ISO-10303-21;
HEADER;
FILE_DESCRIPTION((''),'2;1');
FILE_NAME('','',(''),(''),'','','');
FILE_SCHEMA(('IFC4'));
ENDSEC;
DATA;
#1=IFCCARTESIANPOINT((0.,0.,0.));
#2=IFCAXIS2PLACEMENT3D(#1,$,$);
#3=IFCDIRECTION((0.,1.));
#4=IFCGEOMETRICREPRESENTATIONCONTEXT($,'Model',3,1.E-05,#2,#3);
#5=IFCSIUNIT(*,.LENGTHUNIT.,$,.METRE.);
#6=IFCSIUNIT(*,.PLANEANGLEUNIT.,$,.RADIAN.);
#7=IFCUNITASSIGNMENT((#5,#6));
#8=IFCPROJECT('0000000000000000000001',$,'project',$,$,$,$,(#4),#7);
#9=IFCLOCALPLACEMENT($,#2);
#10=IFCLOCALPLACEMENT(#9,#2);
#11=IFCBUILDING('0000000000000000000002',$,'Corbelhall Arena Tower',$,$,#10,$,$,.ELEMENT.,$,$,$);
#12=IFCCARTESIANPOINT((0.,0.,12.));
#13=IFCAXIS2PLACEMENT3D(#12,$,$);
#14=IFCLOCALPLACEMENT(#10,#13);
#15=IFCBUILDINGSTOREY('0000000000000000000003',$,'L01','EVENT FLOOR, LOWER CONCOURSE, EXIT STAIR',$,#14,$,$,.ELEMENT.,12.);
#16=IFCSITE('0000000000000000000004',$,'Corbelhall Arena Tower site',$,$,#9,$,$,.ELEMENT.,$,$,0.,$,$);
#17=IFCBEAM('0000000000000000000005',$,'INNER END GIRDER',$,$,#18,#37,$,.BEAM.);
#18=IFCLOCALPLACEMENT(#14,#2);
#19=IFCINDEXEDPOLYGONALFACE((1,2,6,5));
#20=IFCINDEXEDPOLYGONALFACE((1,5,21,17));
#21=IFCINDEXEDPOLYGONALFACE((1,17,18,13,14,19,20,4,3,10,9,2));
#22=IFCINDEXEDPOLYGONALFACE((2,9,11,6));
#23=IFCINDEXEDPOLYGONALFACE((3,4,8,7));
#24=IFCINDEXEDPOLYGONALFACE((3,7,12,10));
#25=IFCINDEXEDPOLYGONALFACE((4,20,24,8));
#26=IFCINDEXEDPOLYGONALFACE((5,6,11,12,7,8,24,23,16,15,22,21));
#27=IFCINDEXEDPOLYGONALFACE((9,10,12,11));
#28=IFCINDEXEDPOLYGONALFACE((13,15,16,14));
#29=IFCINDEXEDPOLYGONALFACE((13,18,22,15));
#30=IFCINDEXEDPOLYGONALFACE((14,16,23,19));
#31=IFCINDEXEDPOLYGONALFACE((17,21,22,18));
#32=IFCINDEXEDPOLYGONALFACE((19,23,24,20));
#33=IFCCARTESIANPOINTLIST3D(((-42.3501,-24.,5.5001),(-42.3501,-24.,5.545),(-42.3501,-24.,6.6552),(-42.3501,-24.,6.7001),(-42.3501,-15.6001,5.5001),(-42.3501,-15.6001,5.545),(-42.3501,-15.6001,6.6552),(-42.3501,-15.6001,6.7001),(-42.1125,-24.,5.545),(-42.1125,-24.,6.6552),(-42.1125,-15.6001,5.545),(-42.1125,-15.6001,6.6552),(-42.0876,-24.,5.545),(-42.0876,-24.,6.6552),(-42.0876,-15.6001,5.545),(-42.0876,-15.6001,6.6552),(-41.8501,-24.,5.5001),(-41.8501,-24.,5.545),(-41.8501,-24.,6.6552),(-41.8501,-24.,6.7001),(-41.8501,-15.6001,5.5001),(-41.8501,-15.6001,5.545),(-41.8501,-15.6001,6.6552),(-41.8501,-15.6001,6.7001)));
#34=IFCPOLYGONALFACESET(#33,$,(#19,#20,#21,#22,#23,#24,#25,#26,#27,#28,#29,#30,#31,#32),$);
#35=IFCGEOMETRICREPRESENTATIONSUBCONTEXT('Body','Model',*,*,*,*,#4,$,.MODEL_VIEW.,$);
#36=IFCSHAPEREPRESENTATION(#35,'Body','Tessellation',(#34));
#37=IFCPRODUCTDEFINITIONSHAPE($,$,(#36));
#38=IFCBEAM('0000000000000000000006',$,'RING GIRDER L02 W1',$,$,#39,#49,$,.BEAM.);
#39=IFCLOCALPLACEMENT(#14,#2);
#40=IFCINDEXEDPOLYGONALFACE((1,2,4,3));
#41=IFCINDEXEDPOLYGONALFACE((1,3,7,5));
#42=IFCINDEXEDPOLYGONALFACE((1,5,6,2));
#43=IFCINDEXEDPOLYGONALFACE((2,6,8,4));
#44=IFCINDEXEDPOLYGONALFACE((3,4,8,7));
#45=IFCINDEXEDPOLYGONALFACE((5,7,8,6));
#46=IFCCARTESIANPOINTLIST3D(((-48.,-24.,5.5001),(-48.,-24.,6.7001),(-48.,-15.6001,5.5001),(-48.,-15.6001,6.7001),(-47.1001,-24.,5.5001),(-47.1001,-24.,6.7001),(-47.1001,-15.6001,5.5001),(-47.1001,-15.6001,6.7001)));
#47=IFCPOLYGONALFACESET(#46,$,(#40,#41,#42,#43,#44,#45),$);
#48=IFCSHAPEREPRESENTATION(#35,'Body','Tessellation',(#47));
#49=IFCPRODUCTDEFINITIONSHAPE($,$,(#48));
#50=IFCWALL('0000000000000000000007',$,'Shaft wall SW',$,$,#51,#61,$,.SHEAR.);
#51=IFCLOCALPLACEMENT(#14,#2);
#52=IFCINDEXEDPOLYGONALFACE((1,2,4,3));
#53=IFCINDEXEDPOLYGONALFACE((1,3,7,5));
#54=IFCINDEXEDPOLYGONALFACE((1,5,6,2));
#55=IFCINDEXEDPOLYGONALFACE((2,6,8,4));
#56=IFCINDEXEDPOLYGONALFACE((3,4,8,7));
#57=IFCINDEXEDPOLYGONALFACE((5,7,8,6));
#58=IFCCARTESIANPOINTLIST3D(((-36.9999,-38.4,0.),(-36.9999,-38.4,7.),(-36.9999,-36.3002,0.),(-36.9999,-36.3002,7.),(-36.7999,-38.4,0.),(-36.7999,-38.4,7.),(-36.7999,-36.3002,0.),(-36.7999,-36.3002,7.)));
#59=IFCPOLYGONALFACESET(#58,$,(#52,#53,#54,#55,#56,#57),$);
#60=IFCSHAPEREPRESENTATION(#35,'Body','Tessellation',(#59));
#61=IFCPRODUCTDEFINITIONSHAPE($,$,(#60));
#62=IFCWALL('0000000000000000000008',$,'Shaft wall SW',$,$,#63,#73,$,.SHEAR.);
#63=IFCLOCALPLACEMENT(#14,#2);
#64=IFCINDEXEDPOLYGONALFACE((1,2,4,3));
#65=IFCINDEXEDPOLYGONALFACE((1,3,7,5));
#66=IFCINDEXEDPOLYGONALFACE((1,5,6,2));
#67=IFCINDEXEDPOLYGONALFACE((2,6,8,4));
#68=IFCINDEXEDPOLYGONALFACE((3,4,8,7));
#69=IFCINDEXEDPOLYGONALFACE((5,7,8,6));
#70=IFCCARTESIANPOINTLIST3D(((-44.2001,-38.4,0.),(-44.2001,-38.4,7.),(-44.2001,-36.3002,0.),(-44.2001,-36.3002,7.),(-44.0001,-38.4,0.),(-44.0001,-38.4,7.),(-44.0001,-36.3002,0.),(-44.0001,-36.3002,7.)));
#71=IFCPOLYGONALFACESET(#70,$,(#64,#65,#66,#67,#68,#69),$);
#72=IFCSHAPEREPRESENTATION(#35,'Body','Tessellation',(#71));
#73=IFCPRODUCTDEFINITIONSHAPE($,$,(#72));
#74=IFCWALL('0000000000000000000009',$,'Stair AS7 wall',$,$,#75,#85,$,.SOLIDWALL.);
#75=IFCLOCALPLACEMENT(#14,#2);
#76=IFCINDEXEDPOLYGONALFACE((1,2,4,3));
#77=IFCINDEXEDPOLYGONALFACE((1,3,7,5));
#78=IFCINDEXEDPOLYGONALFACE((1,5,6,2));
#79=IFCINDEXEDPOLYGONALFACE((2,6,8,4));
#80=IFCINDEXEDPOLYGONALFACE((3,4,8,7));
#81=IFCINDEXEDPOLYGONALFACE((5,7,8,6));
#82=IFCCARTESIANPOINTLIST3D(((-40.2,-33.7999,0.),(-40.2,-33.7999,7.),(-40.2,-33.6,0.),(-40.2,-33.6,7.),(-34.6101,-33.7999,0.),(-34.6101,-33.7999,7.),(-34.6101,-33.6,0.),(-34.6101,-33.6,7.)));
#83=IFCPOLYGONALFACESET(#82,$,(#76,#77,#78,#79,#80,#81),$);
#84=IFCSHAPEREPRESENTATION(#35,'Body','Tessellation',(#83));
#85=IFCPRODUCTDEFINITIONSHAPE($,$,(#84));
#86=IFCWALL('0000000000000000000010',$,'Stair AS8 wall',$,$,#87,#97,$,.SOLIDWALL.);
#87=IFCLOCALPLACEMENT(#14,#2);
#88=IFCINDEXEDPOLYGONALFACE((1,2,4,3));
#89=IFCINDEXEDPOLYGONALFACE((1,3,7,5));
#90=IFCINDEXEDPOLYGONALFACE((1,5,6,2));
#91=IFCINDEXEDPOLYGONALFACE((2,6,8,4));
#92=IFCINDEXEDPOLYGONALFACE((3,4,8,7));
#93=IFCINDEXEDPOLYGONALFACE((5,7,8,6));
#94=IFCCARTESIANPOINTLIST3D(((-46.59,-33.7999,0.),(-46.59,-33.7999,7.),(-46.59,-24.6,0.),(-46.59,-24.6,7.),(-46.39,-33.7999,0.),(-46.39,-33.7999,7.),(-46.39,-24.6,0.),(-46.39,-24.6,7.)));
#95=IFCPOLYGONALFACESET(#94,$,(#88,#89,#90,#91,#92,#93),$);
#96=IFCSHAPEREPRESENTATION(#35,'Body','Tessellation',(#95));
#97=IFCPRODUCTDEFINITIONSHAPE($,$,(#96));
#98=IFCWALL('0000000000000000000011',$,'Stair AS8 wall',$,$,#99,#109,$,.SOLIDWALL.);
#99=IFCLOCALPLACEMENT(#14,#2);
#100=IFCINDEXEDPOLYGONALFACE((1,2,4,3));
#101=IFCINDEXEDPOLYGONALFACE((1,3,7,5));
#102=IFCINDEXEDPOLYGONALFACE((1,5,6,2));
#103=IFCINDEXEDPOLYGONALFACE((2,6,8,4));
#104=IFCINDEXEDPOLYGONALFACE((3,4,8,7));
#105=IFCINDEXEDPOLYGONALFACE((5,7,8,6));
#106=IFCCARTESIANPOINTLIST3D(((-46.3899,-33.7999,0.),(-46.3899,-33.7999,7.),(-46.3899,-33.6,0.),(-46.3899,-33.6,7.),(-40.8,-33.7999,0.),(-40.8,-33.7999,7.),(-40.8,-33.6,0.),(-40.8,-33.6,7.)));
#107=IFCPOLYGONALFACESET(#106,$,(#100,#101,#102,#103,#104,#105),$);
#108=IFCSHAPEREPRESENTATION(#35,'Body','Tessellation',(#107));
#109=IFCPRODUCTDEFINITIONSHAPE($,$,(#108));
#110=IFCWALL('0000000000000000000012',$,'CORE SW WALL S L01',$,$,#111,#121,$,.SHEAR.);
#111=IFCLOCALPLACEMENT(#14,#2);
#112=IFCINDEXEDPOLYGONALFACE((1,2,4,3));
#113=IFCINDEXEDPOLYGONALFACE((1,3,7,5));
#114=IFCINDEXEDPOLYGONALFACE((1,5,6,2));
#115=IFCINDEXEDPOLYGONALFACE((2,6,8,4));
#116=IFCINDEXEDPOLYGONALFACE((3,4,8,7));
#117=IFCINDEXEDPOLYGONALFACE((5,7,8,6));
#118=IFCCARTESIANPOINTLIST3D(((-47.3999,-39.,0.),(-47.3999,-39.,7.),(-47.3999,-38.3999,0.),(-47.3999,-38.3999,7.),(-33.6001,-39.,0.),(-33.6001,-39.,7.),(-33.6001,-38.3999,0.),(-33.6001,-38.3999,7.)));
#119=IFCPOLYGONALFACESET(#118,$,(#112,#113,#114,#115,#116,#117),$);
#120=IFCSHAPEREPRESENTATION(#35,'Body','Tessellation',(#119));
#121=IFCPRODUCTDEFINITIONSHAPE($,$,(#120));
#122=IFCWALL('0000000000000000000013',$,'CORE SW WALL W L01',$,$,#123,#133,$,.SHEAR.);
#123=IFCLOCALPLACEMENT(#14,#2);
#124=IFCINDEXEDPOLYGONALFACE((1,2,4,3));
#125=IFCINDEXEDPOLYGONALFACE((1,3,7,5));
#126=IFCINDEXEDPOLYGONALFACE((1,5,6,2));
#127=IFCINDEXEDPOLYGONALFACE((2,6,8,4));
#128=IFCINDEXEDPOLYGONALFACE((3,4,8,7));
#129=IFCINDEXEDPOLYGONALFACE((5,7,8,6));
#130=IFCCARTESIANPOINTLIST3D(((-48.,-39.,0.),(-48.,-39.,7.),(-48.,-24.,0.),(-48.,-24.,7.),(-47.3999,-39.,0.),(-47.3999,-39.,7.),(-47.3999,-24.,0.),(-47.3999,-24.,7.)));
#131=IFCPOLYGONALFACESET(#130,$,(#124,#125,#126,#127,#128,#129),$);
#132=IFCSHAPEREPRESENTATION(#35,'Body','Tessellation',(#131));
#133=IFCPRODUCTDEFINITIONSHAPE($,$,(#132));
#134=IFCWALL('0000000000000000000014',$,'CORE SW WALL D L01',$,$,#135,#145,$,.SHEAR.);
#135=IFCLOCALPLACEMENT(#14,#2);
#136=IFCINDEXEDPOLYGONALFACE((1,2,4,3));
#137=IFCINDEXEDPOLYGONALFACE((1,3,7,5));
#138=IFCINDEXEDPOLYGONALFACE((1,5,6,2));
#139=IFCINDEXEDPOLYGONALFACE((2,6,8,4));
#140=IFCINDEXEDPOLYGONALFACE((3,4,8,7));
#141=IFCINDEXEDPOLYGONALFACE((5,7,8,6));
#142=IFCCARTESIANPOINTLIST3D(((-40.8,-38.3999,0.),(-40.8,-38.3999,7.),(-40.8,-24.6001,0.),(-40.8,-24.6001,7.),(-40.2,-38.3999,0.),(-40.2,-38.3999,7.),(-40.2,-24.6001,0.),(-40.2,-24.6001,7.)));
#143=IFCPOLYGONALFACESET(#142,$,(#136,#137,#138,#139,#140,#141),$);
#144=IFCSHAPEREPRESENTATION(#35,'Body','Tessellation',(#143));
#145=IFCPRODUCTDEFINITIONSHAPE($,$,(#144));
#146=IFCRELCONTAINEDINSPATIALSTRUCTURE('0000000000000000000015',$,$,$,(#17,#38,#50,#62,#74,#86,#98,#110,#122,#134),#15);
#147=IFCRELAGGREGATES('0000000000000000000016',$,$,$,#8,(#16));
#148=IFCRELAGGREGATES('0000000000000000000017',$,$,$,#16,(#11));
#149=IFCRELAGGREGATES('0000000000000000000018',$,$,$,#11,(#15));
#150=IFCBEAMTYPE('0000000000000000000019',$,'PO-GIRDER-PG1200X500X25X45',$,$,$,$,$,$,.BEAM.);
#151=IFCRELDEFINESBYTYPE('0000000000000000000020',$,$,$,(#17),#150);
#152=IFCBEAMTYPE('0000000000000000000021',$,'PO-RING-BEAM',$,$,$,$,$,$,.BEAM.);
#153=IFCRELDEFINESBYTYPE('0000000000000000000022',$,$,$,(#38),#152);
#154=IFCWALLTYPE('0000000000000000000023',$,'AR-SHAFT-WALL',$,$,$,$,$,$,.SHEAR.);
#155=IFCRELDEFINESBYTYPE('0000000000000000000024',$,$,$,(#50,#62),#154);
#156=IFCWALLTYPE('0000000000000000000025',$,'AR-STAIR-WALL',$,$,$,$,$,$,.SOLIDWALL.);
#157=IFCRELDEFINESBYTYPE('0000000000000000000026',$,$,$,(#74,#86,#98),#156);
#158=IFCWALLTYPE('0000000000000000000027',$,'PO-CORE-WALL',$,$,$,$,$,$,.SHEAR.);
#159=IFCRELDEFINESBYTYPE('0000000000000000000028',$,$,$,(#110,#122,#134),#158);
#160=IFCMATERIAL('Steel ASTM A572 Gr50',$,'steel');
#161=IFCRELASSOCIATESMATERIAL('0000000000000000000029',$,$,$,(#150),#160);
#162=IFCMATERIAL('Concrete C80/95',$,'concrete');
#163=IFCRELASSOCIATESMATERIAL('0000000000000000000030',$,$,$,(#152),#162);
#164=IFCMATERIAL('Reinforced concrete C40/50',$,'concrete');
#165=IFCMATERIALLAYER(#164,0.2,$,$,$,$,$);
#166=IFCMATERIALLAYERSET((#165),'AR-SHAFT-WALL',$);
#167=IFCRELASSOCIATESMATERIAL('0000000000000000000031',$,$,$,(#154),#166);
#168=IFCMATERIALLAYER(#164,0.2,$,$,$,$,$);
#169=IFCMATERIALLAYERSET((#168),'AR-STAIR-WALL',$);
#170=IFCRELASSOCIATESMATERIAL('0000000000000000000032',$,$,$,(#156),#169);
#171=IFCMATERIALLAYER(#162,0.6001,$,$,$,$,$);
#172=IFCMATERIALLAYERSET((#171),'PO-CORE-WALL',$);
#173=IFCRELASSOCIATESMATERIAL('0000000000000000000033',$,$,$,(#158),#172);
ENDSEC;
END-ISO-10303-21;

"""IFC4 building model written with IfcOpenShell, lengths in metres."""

from ifc_helpers import new_model, si_unit, direction, frame, frame_2d, origin, origin_2d, place, context, subcontext, project, spatial, rectangle, i_section, extrude, material, layer, layer_set, material_profile, profile_set, type_object, element, save


model = new_model("IFC4")

# Units and contexts
model_context = context("Model", 3, precision=1e-05, world=origin(), true_north=direction((0.0, 1.0)))
body_context = subcontext(model_context, "Body", "Model", "MODEL_VIEW")
ifc_project = project(units=[si_unit("LENGTHUNIT", "METRE"), si_unit("PLANEANGLEUNIT", "RADIAN")], contexts=[model_context])

# Site, building, storey
site_placement = place(None, origin())
site = spatial("IfcSite", under=ifc_project, at=site_placement, Name="Corbelhall Arena Tower site", CompositionType="ELEMENT", RefElevation=0.0)
building_placement = place(site_placement, origin())
building = spatial("IfcBuilding", under=site, at=building_placement, Name="Corbelhall Arena Tower", CompositionType="ELEMENT")
storey_placement = place(building_placement, frame((0.0, 0.0, 12.0)))
storey = spatial("IfcBuildingStorey", under=building, at=storey_placement, Name="L01", Description="EVENT FLOOR, LOWER CONCOURSE, EXIT STAIR", CompositionType="ELEMENT", Elevation=12.0)

# Beams
ifc_material_1 = material(Name="Steel ASTM A572 Gr50", Category="steel")
ifc_material_profile_1 = material_profile(ifc_material_1, i_section(OverallWidth=0.5, OverallDepth=1.2, WebThickness=0.0249, FlangeThickness=0.0449, at=origin_2d()))
ifc_profile_set_1 = profile_set([ifc_material_profile_1], Name="Steel ASTM A572 Gr50")
beam_type_1 = type_object("IfcBeamType", Name="PO-GIRDER-PG1200X500X25X45", PredefinedType="BEAM", material=ifc_profile_set_1)
beam_1_placement = place(storey_placement, frame((-42.1001, -24.0, 6.1001), z_axis=(0.0, 1.0, 0.0), x_axis=(-1.0, 0.0, 0.0)))
element("IfcBeam", 1, at=beam_1_placement, inside=storey, type_object=beam_type_1, Name="INNER END GIRDER", PredefinedType="BEAM", context=body_context, shape_type="SweptSolid", body=[
    extrude(i_section(OverallWidth=0.5, OverallDepth=1.2, WebThickness=0.0249, FlangeThickness=0.0449, at=origin_2d()), origin(), (0.0, 0.0, 1.0), 8.3999),
])
ifc_material_2 = material(Name="Concrete C80/95", Category="concrete")
ifc_material_profile_2 = material_profile(ifc_material_2, rectangle(XDim=0.8999, YDim=1.2, at=origin_2d()))
ifc_profile_set_2 = profile_set([ifc_material_profile_2], Name="Concrete C80/95")
beam_type_2 = type_object("IfcBeamType", Name="PO-RING-BEAM", PredefinedType="BEAM", material=ifc_profile_set_2)
beam_2_placement = place(storey_placement, frame((-47.55, -24.0, 6.1001), z_axis=(0.0, 1.0, 0.0), x_axis=(-1.0, 0.0, 0.0)))
element("IfcBeam", 2, at=beam_2_placement, inside=storey, type_object=beam_type_2, Name="RING GIRDER L02 W1", PredefinedType="BEAM", context=body_context, shape_type="SweptSolid", body=[
    extrude(rectangle(XDim=0.8999, YDim=1.2, at=origin_2d()), origin(), (0.0, 0.0, 1.0), 8.3999),
])

# Shared definitions
ifc_material_3 = material(Name="Reinforced concrete C40/50", Category="concrete")
ifc_layer_1 = layer(ifc_material_3, 0.2)
ifc_layer_set_1 = layer_set([ifc_layer_1], Name="AR-SHAFT-WALL")
wall_type_1 = type_object("IfcWallType", Name="AR-SHAFT-WALL", PredefinedType="SHEAR", material=ifc_layer_set_1)

# Walls
for number, where, z_axis, x_axis, name in (
    (3, (-36.8999, -38.3999, 0.0), (0.0, 0.0, 1.0), (0.0, 1.0, 0.0), "Shaft wall SW"),
    (4, (-44.1001, -38.3999, 0.0), (0.0, 0.0, 1.0), (0.0, 1.0, 0.0), "Shaft wall SW"),
):
    element("IfcWall", number, at=place(storey_placement, frame(where, z_axis=z_axis, x_axis=x_axis)), inside=storey, type_object=wall_type_1, Name=name, PredefinedType="SHEAR", context=body_context, shape_type="SweptSolid", body=[
        extrude(rectangle(XDim=2.0999, YDim=0.2, at=frame_2d((1.0498, 0.0))), origin(), (0.0, 0.0, 1.0), 7.0),
    ])
ifc_layer_2 = layer(ifc_material_3, 0.2)
ifc_layer_set_2 = layer_set([ifc_layer_2], Name="AR-STAIR-WALL")
wall_type_2 = type_object("IfcWallType", Name="AR-STAIR-WALL", PredefinedType="SOLIDWALL", material=ifc_layer_set_2)
wall_1_placement = place(storey_placement, frame((-40.2, -33.7, 0.0), z_axis=(0.0, 0.0, 1.0), x_axis=(1.0, 0.0, 0.0)))
element("IfcWall", 5, at=wall_1_placement, inside=storey, type_object=wall_type_2, Name="Stair AS7 wall", PredefinedType="SOLIDWALL", context=body_context, shape_type="SweptSolid", body=[
    extrude(rectangle(XDim=5.5898, YDim=0.2, at=frame_2d((2.7949, 0.0))), origin(), (0.0, 0.0, 1.0), 7.0),
])
wall_2_placement = place(storey_placement, frame((-46.49, -33.8, 0.0), z_axis=(0.0, 0.0, 1.0), x_axis=(0.0, 1.0, 0.0)))
element("IfcWall", 6, at=wall_2_placement, inside=storey, type_object=wall_type_2, Name="Stair AS8 wall", PredefinedType="SOLIDWALL", context=body_context, shape_type="SweptSolid", body=[
    extrude(rectangle(XDim=9.2, YDim=0.2, at=frame_2d((4.6001, 0.0))), origin(), (0.0, 0.0, 1.0), 7.0),
])
wall_3_placement = place(storey_placement, frame((-46.3899, -33.7, 0.0), z_axis=(0.0, 0.0, 1.0), x_axis=(1.0, 0.0, 0.0)))
element("IfcWall", 7, at=wall_3_placement, inside=storey, type_object=wall_type_2, Name="Stair AS8 wall", PredefinedType="SOLIDWALL", context=body_context, shape_type="SweptSolid", body=[
    extrude(rectangle(XDim=5.5898, YDim=0.2, at=frame_2d((2.7949, 0.0))), origin(), (0.0, 0.0, 1.0), 7.0),
])

# Shared definitions
ifc_layer_3 = layer(ifc_material_2, 0.6001)
ifc_layer_set_3 = layer_set([ifc_layer_3], Name="PO-CORE-WALL")
wall_type_3 = type_object("IfcWallType", Name="PO-CORE-WALL", PredefinedType="SHEAR", material=ifc_layer_set_3)

# Walls
wall_4_placement = place(storey_placement, frame((-47.3999, -38.7, 0.0), z_axis=(0.0, 0.0, 1.0), x_axis=(1.0, 0.0, 0.0)))
element("IfcWall", 8, at=wall_4_placement, inside=storey, type_object=wall_type_3, Name="CORE SW WALL S L01", PredefinedType="SHEAR", context=body_context, shape_type="SweptSolid", body=[
    extrude(rectangle(XDim=13.7998, YDim=0.6001, at=frame_2d((6.8999, 0.0))), origin(), (0.0, 0.0, 1.0), 7.0),
])
wall_5_placement = place(storey_placement, frame((-47.7, -39.0, 0.0), z_axis=(0.0, 0.0, 1.0), x_axis=(0.0, 1.0, 0.0)))
element("IfcWall", 9, at=wall_5_placement, inside=storey, type_object=wall_type_3, Name="CORE SW WALL W L01", PredefinedType="SHEAR", context=body_context, shape_type="SweptSolid", body=[
    extrude(rectangle(XDim=15.0, YDim=0.6001, at=frame_2d((7.5, 0.0))), origin(), (0.0, 0.0, 1.0), 7.0),
])
wall_6_placement = place(storey_placement, frame((-40.5, -38.3999, 0.0), z_axis=(0.0, 0.0, 1.0), x_axis=(0.0, 1.0, 0.0)))
element("IfcWall", 10, at=wall_6_placement, inside=storey, type_object=wall_type_3, Name="CORE SW WALL D L01", PredefinedType="SHEAR", context=body_context, shape_type="SweptSolid", body=[
    extrude(rectangle(XDim=13.7998, YDim=0.6001, at=frame_2d((6.8999, 0.0))), origin(), (0.0, 0.0, 1.0), 7.0),
])

save(model, "model.ifc")
